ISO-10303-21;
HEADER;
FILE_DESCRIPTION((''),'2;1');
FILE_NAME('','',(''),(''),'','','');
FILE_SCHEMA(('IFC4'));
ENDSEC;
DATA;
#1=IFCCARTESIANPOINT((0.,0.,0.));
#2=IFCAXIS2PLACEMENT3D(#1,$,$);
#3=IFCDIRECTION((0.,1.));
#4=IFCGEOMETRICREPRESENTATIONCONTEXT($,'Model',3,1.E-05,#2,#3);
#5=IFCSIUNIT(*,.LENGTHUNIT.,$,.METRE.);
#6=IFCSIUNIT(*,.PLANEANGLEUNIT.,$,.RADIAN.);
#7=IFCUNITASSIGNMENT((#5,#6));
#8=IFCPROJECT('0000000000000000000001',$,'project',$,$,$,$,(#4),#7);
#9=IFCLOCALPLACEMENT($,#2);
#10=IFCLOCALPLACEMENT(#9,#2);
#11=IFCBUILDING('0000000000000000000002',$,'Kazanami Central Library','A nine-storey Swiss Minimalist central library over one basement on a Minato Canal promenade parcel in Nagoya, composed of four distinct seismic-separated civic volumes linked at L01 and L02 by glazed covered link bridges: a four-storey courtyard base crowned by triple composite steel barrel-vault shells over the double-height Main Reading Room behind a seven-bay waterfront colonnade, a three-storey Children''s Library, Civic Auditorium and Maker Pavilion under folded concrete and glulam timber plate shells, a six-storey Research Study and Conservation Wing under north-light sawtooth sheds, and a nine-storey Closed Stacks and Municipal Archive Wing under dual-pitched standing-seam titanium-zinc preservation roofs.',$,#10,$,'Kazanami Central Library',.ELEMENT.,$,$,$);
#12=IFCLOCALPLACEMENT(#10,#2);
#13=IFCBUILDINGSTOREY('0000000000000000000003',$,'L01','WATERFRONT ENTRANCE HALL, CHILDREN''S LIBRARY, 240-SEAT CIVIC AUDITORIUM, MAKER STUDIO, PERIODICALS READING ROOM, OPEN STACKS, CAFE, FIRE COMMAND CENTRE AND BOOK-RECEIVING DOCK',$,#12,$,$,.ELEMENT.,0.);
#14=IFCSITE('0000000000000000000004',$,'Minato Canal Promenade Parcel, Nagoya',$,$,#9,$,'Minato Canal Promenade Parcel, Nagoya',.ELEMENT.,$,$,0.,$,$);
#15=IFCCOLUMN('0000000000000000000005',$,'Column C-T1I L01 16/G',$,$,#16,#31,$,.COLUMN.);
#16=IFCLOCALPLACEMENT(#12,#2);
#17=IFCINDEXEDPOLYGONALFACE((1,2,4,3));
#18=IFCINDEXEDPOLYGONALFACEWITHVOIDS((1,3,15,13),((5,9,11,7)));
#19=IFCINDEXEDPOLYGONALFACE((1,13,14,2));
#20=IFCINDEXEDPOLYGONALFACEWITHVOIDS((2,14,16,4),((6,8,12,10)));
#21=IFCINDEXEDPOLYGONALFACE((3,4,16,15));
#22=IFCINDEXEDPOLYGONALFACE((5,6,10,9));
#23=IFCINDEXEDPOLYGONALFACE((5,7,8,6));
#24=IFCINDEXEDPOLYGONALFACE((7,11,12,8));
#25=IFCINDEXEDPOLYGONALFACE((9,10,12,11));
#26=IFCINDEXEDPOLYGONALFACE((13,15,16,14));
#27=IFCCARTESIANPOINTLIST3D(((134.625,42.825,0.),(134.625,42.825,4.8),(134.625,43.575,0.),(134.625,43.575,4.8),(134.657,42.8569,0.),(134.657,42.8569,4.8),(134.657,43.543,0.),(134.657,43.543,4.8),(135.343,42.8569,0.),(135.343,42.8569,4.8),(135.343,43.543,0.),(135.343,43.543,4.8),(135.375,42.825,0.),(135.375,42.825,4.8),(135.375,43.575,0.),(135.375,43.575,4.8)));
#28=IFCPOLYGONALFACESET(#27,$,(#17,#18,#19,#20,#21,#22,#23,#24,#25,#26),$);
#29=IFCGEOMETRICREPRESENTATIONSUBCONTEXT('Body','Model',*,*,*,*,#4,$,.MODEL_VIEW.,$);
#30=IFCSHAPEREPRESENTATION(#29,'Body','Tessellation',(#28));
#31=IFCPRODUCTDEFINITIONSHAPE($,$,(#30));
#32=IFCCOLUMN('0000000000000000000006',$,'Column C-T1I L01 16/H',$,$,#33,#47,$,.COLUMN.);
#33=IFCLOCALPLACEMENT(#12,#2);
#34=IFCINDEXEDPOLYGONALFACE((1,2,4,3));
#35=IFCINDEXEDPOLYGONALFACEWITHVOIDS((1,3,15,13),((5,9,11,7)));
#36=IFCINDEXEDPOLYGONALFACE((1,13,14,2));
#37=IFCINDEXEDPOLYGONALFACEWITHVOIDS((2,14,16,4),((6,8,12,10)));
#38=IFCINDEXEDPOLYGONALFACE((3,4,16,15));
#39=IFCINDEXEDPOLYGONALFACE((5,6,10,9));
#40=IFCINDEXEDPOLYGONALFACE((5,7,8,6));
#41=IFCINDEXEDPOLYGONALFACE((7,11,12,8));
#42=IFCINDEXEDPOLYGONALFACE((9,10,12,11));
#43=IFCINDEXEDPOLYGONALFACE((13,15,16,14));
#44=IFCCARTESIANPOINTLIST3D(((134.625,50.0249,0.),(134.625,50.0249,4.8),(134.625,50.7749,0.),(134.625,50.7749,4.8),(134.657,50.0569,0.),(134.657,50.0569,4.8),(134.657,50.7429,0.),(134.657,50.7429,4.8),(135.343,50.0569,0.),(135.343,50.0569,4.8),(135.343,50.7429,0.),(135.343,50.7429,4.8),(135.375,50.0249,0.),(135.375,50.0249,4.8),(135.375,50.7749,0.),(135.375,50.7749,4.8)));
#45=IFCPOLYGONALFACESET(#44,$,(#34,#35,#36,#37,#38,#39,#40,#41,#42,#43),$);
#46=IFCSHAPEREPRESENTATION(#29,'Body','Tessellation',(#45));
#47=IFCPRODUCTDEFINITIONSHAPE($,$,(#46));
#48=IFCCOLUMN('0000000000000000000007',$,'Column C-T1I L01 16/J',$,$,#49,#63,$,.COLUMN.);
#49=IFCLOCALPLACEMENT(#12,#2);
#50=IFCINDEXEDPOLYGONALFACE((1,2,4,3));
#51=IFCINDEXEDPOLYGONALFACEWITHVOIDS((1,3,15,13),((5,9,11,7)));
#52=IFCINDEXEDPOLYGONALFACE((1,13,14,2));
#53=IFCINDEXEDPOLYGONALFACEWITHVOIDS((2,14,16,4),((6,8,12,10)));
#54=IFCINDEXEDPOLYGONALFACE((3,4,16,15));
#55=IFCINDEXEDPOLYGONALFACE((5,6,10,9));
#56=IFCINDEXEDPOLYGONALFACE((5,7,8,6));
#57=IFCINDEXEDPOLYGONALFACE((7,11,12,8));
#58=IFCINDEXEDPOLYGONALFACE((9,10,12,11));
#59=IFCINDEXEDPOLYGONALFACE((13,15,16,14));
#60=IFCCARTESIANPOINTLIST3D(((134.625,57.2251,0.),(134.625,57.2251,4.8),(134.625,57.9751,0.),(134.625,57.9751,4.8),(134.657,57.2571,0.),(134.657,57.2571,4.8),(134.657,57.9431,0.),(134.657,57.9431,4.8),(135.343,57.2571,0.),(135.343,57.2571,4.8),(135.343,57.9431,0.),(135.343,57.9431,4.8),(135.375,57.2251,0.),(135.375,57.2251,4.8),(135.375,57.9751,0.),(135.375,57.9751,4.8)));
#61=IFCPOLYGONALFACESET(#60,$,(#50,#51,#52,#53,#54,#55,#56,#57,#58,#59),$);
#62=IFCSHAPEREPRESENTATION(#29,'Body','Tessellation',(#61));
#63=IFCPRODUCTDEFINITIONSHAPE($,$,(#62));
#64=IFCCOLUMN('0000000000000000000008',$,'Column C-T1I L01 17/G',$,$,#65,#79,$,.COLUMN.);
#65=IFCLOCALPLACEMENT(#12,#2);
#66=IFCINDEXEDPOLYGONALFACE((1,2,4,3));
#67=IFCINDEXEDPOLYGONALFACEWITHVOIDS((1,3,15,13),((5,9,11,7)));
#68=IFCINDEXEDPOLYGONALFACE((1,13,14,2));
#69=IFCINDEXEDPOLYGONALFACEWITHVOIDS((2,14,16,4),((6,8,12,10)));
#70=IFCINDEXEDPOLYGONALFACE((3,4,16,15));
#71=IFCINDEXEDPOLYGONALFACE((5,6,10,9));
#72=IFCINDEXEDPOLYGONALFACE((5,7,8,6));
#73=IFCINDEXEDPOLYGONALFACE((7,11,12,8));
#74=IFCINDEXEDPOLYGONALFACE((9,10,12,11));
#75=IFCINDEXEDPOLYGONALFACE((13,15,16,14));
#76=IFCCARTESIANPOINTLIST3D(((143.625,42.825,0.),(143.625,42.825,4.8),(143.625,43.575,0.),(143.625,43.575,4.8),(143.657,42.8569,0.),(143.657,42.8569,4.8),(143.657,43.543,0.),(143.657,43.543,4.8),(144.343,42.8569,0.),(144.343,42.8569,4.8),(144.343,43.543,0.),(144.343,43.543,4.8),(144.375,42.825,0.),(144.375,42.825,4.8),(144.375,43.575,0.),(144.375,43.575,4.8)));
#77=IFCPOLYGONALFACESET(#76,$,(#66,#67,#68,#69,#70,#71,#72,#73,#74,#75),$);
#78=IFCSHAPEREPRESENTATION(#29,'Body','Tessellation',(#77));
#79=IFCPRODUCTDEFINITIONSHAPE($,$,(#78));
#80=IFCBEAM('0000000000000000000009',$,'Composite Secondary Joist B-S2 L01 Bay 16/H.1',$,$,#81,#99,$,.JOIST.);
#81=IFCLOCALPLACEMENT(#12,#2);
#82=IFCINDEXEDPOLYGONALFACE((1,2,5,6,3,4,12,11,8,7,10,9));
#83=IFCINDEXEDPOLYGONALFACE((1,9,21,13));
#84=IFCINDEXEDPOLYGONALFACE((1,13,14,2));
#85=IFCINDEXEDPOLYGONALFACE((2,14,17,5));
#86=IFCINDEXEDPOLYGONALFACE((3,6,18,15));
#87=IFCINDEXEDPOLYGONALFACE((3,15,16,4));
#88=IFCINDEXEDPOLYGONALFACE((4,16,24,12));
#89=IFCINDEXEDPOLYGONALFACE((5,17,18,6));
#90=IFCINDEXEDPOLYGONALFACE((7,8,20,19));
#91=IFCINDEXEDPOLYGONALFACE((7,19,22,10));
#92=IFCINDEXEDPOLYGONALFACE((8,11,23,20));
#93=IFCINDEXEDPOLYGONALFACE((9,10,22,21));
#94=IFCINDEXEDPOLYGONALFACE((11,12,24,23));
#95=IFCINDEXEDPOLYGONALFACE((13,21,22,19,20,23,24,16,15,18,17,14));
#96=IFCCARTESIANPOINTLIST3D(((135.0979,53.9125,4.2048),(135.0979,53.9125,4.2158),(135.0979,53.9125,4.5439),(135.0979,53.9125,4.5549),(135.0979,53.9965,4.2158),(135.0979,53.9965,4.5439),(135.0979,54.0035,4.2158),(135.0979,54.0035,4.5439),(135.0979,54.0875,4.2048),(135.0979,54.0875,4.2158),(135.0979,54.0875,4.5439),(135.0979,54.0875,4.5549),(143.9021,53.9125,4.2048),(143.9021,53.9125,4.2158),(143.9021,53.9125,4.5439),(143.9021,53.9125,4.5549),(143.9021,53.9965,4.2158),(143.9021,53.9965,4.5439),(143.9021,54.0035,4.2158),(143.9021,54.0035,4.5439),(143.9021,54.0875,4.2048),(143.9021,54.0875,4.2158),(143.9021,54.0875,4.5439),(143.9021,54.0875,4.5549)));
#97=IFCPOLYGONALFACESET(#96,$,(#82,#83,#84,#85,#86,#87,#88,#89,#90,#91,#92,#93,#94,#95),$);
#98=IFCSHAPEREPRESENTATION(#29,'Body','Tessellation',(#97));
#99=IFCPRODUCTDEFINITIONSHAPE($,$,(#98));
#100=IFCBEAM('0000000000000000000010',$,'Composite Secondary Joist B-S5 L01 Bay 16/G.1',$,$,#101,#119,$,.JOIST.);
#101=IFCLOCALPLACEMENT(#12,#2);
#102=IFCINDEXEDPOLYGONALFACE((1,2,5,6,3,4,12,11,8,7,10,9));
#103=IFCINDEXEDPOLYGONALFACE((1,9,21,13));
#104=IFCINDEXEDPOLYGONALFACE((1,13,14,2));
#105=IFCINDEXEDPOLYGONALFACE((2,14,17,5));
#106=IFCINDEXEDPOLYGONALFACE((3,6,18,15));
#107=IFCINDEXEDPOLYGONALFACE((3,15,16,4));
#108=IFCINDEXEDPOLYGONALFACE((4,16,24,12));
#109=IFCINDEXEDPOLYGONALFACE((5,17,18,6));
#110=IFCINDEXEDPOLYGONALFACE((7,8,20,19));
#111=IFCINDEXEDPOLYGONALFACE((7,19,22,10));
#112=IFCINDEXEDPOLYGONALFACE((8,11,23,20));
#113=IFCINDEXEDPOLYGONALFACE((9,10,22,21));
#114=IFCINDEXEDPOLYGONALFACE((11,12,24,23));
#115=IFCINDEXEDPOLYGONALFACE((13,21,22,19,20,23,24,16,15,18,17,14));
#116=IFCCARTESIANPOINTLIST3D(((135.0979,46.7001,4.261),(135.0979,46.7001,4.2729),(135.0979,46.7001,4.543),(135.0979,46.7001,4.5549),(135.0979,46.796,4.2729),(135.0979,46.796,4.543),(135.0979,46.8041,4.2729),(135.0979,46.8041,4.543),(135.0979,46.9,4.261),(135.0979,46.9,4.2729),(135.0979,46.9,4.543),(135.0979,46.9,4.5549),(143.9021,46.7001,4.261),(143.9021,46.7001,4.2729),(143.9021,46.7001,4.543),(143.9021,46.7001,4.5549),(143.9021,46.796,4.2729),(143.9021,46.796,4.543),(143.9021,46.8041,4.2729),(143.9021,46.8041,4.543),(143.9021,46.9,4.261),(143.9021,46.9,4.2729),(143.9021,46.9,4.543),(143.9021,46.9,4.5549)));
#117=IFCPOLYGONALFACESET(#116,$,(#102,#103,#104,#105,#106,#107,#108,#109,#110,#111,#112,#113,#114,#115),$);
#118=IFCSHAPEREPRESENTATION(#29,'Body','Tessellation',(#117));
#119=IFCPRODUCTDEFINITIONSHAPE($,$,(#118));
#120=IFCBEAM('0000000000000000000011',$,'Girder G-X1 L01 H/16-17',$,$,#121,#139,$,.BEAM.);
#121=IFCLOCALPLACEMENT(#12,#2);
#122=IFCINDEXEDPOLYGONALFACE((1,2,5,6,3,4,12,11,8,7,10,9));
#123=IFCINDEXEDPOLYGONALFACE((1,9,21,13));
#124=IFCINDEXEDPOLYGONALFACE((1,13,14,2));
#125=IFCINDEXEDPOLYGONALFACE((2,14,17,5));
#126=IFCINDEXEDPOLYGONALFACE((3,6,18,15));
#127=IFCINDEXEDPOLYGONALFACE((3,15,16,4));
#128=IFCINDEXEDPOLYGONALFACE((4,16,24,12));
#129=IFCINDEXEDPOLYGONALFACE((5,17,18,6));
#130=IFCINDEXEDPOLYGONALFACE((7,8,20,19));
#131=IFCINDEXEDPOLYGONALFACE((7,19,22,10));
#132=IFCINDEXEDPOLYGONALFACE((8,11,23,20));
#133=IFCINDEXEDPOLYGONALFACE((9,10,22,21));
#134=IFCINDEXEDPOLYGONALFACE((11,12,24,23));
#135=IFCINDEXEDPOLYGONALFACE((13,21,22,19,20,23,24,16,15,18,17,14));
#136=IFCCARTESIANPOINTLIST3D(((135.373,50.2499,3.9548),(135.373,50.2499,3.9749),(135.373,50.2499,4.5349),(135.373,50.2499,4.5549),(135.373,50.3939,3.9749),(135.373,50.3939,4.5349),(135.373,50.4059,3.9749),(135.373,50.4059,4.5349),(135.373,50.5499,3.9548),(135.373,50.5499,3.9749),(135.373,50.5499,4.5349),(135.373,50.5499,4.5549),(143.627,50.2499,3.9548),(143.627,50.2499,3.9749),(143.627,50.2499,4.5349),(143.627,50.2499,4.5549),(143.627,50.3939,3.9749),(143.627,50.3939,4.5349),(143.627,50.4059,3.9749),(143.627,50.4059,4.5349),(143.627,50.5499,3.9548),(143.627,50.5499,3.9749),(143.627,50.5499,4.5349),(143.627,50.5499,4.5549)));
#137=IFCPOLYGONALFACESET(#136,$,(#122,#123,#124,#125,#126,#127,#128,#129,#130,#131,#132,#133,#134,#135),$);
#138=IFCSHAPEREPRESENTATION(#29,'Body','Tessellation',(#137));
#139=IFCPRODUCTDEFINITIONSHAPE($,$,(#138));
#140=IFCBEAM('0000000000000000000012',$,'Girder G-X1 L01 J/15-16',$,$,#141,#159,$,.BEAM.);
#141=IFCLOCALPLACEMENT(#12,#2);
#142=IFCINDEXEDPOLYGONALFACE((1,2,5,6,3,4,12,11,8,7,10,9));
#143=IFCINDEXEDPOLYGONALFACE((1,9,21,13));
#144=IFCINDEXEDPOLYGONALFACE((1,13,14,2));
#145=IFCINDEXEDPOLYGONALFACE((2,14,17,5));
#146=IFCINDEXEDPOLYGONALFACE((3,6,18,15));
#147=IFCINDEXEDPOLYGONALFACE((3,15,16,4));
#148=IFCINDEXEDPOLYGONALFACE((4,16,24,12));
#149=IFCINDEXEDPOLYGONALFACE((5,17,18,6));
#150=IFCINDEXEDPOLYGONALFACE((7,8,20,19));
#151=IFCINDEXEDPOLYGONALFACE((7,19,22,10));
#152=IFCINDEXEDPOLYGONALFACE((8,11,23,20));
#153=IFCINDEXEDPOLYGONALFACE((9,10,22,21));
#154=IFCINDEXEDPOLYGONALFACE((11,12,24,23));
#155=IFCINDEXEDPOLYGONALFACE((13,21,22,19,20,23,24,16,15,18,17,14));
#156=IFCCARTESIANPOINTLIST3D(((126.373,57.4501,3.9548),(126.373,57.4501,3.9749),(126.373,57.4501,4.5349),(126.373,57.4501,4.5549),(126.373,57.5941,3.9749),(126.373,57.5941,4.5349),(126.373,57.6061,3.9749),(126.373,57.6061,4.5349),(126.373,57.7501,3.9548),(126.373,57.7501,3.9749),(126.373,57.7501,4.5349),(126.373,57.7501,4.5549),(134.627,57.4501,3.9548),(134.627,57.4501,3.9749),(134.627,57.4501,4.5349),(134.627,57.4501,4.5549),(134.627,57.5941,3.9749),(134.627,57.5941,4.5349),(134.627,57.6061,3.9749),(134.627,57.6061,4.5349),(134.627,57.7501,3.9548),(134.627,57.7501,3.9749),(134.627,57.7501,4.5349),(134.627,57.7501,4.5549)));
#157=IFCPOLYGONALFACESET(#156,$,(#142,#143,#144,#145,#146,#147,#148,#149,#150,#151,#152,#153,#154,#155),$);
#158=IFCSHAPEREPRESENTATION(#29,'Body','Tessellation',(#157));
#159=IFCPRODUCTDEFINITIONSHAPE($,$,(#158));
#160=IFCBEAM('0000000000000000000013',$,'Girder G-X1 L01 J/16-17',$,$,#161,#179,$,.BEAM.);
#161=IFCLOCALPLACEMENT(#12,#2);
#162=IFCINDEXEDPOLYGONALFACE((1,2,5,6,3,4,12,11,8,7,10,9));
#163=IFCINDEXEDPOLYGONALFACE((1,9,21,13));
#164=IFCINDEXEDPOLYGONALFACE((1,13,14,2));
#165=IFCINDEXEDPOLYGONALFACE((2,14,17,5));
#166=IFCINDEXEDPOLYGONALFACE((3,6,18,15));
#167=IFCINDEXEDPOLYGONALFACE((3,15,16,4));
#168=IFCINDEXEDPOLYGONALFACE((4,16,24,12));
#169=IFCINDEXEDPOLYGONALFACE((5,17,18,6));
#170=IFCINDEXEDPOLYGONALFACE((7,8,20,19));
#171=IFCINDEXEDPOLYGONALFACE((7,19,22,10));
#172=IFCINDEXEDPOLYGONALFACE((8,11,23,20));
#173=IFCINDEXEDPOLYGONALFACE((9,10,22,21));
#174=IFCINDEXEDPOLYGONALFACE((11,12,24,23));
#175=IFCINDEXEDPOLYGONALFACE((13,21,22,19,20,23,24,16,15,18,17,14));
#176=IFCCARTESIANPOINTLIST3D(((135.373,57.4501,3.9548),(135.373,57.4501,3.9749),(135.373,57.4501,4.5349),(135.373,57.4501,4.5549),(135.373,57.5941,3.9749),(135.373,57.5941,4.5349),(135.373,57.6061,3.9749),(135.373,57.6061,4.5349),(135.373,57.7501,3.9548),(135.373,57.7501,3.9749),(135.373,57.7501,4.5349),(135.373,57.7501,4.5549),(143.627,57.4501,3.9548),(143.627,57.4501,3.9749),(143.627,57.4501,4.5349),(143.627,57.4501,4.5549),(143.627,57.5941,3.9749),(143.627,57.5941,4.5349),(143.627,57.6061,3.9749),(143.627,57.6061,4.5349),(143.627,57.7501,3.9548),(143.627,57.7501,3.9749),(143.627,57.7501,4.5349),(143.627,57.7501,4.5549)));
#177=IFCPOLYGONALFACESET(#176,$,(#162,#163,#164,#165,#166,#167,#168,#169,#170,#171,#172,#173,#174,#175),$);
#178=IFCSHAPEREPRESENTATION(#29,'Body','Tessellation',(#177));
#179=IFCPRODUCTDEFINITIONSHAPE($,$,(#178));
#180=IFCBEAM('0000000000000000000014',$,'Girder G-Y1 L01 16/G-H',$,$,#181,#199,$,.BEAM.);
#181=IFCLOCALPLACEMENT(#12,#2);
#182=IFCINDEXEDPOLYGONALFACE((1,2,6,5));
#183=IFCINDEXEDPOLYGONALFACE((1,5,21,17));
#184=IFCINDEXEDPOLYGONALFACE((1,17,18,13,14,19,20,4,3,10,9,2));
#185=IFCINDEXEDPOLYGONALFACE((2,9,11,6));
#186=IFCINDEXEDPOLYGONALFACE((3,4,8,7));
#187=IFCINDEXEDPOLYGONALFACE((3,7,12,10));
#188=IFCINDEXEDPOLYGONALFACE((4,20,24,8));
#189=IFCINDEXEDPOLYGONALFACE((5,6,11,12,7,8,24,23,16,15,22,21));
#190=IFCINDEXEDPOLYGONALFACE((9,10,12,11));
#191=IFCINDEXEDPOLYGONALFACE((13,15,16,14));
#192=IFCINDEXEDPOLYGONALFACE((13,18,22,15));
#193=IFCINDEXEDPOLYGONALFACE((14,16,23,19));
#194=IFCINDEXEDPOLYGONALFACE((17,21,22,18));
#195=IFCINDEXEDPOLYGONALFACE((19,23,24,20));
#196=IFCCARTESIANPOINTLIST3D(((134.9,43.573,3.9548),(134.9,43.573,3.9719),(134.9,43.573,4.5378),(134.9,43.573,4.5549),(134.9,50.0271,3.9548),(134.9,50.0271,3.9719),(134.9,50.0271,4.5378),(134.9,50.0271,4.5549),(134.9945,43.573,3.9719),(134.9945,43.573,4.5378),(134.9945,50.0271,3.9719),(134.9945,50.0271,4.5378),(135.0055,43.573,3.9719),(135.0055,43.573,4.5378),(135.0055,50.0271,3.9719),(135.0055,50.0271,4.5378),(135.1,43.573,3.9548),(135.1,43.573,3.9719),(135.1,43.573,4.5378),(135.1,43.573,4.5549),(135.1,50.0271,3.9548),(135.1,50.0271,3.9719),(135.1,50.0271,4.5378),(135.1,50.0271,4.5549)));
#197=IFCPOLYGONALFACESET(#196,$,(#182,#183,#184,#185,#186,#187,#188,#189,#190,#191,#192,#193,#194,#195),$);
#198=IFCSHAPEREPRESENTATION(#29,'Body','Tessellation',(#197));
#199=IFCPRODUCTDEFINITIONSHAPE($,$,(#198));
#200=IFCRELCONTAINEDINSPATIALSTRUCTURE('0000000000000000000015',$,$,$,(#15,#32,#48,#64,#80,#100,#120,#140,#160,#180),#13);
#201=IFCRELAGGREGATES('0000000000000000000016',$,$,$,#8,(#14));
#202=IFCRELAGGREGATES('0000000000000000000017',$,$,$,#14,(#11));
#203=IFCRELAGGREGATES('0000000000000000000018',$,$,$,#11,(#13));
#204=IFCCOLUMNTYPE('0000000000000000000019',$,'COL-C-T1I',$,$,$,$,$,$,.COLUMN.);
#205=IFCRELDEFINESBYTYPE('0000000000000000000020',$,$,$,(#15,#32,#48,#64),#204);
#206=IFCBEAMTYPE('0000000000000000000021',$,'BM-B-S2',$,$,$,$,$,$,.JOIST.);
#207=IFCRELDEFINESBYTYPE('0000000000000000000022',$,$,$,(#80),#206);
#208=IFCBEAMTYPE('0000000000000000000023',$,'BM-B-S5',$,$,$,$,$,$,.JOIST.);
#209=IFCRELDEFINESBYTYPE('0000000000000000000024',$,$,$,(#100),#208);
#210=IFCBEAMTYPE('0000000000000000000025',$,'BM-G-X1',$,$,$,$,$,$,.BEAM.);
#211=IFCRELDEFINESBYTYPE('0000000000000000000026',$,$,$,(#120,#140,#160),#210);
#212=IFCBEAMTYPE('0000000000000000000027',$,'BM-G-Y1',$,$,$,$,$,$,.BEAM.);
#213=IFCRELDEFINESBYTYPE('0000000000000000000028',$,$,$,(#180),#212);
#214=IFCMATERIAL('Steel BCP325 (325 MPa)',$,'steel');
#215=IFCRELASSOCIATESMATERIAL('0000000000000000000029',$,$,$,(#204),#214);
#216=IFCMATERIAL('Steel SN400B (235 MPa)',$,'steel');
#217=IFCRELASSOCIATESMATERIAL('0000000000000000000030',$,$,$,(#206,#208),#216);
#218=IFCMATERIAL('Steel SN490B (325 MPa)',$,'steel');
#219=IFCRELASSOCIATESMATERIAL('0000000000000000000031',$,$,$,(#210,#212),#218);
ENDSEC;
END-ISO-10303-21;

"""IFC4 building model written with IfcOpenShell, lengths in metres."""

from ifc_helpers import new_model, si_unit, direction, frame, origin, origin_2d, place, context, subcontext, project, spatial, hollow_rectangle, i_section, extrude, material, material_profile, profile_set, type_object, element, save


model = new_model("IFC4")

# Units and contexts
model_context = context("Model", 3, precision=1e-05, world=origin(), true_north=direction((0.0, 1.0)))
body_context = subcontext(model_context, "Body", "Model", "MODEL_VIEW")
ifc_project = project(units=[si_unit("LENGTHUNIT", "METRE"), si_unit("PLANEANGLEUNIT", "RADIAN")], contexts=[model_context])

# Site, building, storey
site_placement = place(None, origin())
site = spatial("IfcSite", under=ifc_project, at=site_placement, Name="Minato Canal Promenade Parcel, Nagoya", LongName="Minato Canal Promenade Parcel, Nagoya", CompositionType="ELEMENT", RefElevation=0.0)
building_placement = place(site_placement, origin())
building = spatial("IfcBuilding", under=site, at=building_placement, Name="Kazanami Central Library", Description="A nine-storey Swiss Minimalist central library over one basement on a Minato Canal promenade parcel in Nagoya, composed of four distinct seismic-separated civic volumes linked at L01 and L02 by glazed covered link bridges: a four-storey courtyard base crowned by triple composite steel barrel-vault shells over the double-height Main Reading Room behind a seven-bay waterfront colonnade, a three-storey Children's Library, Civic Auditorium and Maker Pavilion under folded concrete and glulam timber plate shells, a six-storey Research Study and Conservation Wing under north-light sawtooth sheds, and a nine-storey Closed Stacks and Municipal Archive Wing under dual-pitched standing-seam titanium-zinc preservation roofs.", LongName="Kazanami Central Library", CompositionType="ELEMENT")
storey_placement = place(building_placement, origin())
storey = spatial("IfcBuildingStorey", under=building, at=storey_placement, Name="L01", Description="WATERFRONT ENTRANCE HALL, CHILDREN'S LIBRARY, 240-SEAT CIVIC AUDITORIUM, MAKER STUDIO, PERIODICALS READING ROOM, OPEN STACKS, CAFE, FIRE COMMAND CENTRE AND BOOK-RECEIVING DOCK", CompositionType="ELEMENT", Elevation=0.0)

# Columns
ifc_material_1 = material(Name="Steel BCP325 (325 MPa)", Category="steel")
ifc_material_profile_1 = material_profile(ifc_material_1, hollow_rectangle(XDim=0.75, YDim=0.75, WallThickness=0.032, at=origin_2d()), Name="BCP-750x750x32")
ifc_profile_set_1 = profile_set([ifc_material_profile_1], Name="Steel BCP325 (325 MPa)")
column_type = type_object("IfcColumnType", Name="COL-C-T1I", PredefinedType="COLUMN", material=ifc_profile_set_1)
for number, where, z_axis, x_axis, name in (
    (1, (135.0, 43.2, 0.0), (0.0, 0.0, 1.0), (1.0, 0.0, 0.0), "Column C-T1I L01 16/G"),
    (2, (135.0, 50.3999, 0.0), (0.0, 0.0, 1.0), (1.0, 0.0, 0.0), "Column C-T1I L01 16/H"),
    (3, (135.0, 57.6001, 0.0), (0.0, 0.0, 1.0), (1.0, 0.0, 0.0), "Column C-T1I L01 16/J"),
    (4, (144.0, 43.2, 0.0), (0.0, 0.0, 1.0), (1.0, 0.0, 0.0), "Column C-T1I L01 17/G"),
):
    element("IfcColumn", number, at=place(storey_placement, frame(where, z_axis=z_axis, x_axis=x_axis)), inside=storey, type_object=column_type, Name=name, PredefinedType="COLUMN", context=body_context, shape_type="SweptSolid", body=[
        extrude(hollow_rectangle(XDim=0.75, YDim=0.75, WallThickness=0.032, at=origin_2d()), origin(), (0.0, 0.0, 1.0), 4.8),
    ])

# Beams
ifc_material_2 = material(Name="Steel SN400B (235 MPa)", Category="steel")
ifc_material_profile_2 = material_profile(ifc_material_2, i_section(OverallWidth=0.175, OverallDepth=0.3501, WebThickness=0.0071, FlangeThickness=0.011, at=origin_2d()), Name="H-350x175x7x11")
ifc_profile_set_2 = profile_set([ifc_material_profile_2], Name="Steel SN400B (235 MPa)")
beam_type_1 = type_object("IfcBeamType", Name="BM-B-S2", PredefinedType="JOIST", material=ifc_profile_set_2)
beam_1_placement = place(storey_placement, frame((135.0979, 54.0, 4.3799), z_axis=(1.0, 0.0, 0.0), x_axis=(0.0, 1.0, 0.0)))
element("IfcBeam", 5, at=beam_1_placement, inside=storey, type_object=beam_type_1, Name="Composite Secondary Joist B-S2 L01 Bay 16/H.1", PredefinedType="JOIST", context=body_context, shape_type="SweptSolid", body=[
    extrude(i_section(OverallWidth=0.175, OverallDepth=0.3501, WebThickness=0.0071, FlangeThickness=0.011, at=origin_2d()), origin(), (0.0, 0.0, 1.0), 8.8042),
])
ifc_material_profile_3 = material_profile(ifc_material_2, i_section(OverallWidth=0.2, OverallDepth=0.2939, WebThickness=0.0081, FlangeThickness=0.012, at=origin_2d()), Name="H-294x200x8x12")
ifc_profile_set_3 = profile_set([ifc_material_profile_3], Name="Steel SN400B (235 MPa)")
beam_type_2 = type_object("IfcBeamType", Name="BM-B-S5", PredefinedType="JOIST", material=ifc_profile_set_3)
beam_2_placement = place(storey_placement, frame((135.0979, 46.8, 4.408), z_axis=(1.0, 0.0, 0.0), x_axis=(0.0, 1.0, 0.0)))
element("IfcBeam", 6, at=beam_2_placement, inside=storey, type_object=beam_type_2, Name="Composite Secondary Joist B-S5 L01 Bay 16/G.1", PredefinedType="JOIST", context=body_context, shape_type="SweptSolid", body=[
    extrude(i_section(OverallWidth=0.2, OverallDepth=0.2939, WebThickness=0.0081, FlangeThickness=0.012, at=origin_2d()), origin(), (0.0, 0.0, 1.0), 8.8042),
])
ifc_material_3 = material(Name="Steel SN490B (325 MPa)", Category="steel")
ifc_material_profile_4 = material_profile(ifc_material_3, i_section(OverallWidth=0.3, OverallDepth=0.6001, WebThickness=0.012, FlangeThickness=0.02, at=origin_2d()), Name="H-600x300x12x20")
ifc_profile_set_4 = profile_set([ifc_material_profile_4], Name="Steel SN490B (325 MPa)")
beam_type_3 = type_object("IfcBeamType", Name="BM-G-X1", PredefinedType="BEAM", material=ifc_profile_set_4)
for number, where, z_axis, x_axis, name in (
    (7, (135.373, 50.3999, 4.2549), (1.0, 0.0, 0.0), (0.0, 1.0, 0.0), "Girder G-X1 L01 H/16-17"),
    (8, (126.373, 57.6001, 4.2549), (1.0, 0.0, 0.0), (0.0, 1.0, 0.0), "Girder G-X1 L01 J/15-16"),
    (9, (135.373, 57.6001, 4.2549), (1.0, 0.0, 0.0), (0.0, 1.0, 0.0), "Girder G-X1 L01 J/16-17"),
):
    element("IfcBeam", number, at=place(storey_placement, frame(where, z_axis=z_axis, x_axis=x_axis)), inside=storey, type_object=beam_type_3, Name=name, PredefinedType="BEAM", context=body_context, shape_type="SweptSolid", body=[
        extrude(i_section(OverallWidth=0.3, OverallDepth=0.6001, WebThickness=0.012, FlangeThickness=0.02, at=origin_2d()), origin(), (0.0, 0.0, 1.0), 8.2539),
    ])
ifc_material_profile_5 = material_profile(ifc_material_3, i_section(OverallWidth=0.2, OverallDepth=0.6001, WebThickness=0.011, FlangeThickness=0.0171, at=origin_2d()), Name="H-600x200x11x17")
ifc_profile_set_5 = profile_set([ifc_material_profile_5], Name="Steel SN490B (325 MPa)")
beam_type_4 = type_object("IfcBeamType", Name="BM-G-Y1", PredefinedType="BEAM", material=ifc_profile_set_5)
for number, where, z_axis, x_axis, name in (
    (10, (135.0, 43.573, 4.2549), (0.0, 1.0, 0.0), (-1.0, 0.0, 0.0), "Girder G-Y1 L01 16/G-H"),
):
    element("IfcBeam", number, at=place(storey_placement, frame(where, z_axis=z_axis, x_axis=x_axis)), inside=storey, type_object=beam_type_4, Name=name, PredefinedType="BEAM", context=body_context, shape_type="SweptSolid", body=[
        extrude(i_section(OverallWidth=0.2, OverallDepth=0.6001, WebThickness=0.011, FlangeThickness=0.0171, at=origin_2d()), origin(), (0.0, 0.0, 1.0), 6.4541),
    ])

save(model, "model.ifc")
